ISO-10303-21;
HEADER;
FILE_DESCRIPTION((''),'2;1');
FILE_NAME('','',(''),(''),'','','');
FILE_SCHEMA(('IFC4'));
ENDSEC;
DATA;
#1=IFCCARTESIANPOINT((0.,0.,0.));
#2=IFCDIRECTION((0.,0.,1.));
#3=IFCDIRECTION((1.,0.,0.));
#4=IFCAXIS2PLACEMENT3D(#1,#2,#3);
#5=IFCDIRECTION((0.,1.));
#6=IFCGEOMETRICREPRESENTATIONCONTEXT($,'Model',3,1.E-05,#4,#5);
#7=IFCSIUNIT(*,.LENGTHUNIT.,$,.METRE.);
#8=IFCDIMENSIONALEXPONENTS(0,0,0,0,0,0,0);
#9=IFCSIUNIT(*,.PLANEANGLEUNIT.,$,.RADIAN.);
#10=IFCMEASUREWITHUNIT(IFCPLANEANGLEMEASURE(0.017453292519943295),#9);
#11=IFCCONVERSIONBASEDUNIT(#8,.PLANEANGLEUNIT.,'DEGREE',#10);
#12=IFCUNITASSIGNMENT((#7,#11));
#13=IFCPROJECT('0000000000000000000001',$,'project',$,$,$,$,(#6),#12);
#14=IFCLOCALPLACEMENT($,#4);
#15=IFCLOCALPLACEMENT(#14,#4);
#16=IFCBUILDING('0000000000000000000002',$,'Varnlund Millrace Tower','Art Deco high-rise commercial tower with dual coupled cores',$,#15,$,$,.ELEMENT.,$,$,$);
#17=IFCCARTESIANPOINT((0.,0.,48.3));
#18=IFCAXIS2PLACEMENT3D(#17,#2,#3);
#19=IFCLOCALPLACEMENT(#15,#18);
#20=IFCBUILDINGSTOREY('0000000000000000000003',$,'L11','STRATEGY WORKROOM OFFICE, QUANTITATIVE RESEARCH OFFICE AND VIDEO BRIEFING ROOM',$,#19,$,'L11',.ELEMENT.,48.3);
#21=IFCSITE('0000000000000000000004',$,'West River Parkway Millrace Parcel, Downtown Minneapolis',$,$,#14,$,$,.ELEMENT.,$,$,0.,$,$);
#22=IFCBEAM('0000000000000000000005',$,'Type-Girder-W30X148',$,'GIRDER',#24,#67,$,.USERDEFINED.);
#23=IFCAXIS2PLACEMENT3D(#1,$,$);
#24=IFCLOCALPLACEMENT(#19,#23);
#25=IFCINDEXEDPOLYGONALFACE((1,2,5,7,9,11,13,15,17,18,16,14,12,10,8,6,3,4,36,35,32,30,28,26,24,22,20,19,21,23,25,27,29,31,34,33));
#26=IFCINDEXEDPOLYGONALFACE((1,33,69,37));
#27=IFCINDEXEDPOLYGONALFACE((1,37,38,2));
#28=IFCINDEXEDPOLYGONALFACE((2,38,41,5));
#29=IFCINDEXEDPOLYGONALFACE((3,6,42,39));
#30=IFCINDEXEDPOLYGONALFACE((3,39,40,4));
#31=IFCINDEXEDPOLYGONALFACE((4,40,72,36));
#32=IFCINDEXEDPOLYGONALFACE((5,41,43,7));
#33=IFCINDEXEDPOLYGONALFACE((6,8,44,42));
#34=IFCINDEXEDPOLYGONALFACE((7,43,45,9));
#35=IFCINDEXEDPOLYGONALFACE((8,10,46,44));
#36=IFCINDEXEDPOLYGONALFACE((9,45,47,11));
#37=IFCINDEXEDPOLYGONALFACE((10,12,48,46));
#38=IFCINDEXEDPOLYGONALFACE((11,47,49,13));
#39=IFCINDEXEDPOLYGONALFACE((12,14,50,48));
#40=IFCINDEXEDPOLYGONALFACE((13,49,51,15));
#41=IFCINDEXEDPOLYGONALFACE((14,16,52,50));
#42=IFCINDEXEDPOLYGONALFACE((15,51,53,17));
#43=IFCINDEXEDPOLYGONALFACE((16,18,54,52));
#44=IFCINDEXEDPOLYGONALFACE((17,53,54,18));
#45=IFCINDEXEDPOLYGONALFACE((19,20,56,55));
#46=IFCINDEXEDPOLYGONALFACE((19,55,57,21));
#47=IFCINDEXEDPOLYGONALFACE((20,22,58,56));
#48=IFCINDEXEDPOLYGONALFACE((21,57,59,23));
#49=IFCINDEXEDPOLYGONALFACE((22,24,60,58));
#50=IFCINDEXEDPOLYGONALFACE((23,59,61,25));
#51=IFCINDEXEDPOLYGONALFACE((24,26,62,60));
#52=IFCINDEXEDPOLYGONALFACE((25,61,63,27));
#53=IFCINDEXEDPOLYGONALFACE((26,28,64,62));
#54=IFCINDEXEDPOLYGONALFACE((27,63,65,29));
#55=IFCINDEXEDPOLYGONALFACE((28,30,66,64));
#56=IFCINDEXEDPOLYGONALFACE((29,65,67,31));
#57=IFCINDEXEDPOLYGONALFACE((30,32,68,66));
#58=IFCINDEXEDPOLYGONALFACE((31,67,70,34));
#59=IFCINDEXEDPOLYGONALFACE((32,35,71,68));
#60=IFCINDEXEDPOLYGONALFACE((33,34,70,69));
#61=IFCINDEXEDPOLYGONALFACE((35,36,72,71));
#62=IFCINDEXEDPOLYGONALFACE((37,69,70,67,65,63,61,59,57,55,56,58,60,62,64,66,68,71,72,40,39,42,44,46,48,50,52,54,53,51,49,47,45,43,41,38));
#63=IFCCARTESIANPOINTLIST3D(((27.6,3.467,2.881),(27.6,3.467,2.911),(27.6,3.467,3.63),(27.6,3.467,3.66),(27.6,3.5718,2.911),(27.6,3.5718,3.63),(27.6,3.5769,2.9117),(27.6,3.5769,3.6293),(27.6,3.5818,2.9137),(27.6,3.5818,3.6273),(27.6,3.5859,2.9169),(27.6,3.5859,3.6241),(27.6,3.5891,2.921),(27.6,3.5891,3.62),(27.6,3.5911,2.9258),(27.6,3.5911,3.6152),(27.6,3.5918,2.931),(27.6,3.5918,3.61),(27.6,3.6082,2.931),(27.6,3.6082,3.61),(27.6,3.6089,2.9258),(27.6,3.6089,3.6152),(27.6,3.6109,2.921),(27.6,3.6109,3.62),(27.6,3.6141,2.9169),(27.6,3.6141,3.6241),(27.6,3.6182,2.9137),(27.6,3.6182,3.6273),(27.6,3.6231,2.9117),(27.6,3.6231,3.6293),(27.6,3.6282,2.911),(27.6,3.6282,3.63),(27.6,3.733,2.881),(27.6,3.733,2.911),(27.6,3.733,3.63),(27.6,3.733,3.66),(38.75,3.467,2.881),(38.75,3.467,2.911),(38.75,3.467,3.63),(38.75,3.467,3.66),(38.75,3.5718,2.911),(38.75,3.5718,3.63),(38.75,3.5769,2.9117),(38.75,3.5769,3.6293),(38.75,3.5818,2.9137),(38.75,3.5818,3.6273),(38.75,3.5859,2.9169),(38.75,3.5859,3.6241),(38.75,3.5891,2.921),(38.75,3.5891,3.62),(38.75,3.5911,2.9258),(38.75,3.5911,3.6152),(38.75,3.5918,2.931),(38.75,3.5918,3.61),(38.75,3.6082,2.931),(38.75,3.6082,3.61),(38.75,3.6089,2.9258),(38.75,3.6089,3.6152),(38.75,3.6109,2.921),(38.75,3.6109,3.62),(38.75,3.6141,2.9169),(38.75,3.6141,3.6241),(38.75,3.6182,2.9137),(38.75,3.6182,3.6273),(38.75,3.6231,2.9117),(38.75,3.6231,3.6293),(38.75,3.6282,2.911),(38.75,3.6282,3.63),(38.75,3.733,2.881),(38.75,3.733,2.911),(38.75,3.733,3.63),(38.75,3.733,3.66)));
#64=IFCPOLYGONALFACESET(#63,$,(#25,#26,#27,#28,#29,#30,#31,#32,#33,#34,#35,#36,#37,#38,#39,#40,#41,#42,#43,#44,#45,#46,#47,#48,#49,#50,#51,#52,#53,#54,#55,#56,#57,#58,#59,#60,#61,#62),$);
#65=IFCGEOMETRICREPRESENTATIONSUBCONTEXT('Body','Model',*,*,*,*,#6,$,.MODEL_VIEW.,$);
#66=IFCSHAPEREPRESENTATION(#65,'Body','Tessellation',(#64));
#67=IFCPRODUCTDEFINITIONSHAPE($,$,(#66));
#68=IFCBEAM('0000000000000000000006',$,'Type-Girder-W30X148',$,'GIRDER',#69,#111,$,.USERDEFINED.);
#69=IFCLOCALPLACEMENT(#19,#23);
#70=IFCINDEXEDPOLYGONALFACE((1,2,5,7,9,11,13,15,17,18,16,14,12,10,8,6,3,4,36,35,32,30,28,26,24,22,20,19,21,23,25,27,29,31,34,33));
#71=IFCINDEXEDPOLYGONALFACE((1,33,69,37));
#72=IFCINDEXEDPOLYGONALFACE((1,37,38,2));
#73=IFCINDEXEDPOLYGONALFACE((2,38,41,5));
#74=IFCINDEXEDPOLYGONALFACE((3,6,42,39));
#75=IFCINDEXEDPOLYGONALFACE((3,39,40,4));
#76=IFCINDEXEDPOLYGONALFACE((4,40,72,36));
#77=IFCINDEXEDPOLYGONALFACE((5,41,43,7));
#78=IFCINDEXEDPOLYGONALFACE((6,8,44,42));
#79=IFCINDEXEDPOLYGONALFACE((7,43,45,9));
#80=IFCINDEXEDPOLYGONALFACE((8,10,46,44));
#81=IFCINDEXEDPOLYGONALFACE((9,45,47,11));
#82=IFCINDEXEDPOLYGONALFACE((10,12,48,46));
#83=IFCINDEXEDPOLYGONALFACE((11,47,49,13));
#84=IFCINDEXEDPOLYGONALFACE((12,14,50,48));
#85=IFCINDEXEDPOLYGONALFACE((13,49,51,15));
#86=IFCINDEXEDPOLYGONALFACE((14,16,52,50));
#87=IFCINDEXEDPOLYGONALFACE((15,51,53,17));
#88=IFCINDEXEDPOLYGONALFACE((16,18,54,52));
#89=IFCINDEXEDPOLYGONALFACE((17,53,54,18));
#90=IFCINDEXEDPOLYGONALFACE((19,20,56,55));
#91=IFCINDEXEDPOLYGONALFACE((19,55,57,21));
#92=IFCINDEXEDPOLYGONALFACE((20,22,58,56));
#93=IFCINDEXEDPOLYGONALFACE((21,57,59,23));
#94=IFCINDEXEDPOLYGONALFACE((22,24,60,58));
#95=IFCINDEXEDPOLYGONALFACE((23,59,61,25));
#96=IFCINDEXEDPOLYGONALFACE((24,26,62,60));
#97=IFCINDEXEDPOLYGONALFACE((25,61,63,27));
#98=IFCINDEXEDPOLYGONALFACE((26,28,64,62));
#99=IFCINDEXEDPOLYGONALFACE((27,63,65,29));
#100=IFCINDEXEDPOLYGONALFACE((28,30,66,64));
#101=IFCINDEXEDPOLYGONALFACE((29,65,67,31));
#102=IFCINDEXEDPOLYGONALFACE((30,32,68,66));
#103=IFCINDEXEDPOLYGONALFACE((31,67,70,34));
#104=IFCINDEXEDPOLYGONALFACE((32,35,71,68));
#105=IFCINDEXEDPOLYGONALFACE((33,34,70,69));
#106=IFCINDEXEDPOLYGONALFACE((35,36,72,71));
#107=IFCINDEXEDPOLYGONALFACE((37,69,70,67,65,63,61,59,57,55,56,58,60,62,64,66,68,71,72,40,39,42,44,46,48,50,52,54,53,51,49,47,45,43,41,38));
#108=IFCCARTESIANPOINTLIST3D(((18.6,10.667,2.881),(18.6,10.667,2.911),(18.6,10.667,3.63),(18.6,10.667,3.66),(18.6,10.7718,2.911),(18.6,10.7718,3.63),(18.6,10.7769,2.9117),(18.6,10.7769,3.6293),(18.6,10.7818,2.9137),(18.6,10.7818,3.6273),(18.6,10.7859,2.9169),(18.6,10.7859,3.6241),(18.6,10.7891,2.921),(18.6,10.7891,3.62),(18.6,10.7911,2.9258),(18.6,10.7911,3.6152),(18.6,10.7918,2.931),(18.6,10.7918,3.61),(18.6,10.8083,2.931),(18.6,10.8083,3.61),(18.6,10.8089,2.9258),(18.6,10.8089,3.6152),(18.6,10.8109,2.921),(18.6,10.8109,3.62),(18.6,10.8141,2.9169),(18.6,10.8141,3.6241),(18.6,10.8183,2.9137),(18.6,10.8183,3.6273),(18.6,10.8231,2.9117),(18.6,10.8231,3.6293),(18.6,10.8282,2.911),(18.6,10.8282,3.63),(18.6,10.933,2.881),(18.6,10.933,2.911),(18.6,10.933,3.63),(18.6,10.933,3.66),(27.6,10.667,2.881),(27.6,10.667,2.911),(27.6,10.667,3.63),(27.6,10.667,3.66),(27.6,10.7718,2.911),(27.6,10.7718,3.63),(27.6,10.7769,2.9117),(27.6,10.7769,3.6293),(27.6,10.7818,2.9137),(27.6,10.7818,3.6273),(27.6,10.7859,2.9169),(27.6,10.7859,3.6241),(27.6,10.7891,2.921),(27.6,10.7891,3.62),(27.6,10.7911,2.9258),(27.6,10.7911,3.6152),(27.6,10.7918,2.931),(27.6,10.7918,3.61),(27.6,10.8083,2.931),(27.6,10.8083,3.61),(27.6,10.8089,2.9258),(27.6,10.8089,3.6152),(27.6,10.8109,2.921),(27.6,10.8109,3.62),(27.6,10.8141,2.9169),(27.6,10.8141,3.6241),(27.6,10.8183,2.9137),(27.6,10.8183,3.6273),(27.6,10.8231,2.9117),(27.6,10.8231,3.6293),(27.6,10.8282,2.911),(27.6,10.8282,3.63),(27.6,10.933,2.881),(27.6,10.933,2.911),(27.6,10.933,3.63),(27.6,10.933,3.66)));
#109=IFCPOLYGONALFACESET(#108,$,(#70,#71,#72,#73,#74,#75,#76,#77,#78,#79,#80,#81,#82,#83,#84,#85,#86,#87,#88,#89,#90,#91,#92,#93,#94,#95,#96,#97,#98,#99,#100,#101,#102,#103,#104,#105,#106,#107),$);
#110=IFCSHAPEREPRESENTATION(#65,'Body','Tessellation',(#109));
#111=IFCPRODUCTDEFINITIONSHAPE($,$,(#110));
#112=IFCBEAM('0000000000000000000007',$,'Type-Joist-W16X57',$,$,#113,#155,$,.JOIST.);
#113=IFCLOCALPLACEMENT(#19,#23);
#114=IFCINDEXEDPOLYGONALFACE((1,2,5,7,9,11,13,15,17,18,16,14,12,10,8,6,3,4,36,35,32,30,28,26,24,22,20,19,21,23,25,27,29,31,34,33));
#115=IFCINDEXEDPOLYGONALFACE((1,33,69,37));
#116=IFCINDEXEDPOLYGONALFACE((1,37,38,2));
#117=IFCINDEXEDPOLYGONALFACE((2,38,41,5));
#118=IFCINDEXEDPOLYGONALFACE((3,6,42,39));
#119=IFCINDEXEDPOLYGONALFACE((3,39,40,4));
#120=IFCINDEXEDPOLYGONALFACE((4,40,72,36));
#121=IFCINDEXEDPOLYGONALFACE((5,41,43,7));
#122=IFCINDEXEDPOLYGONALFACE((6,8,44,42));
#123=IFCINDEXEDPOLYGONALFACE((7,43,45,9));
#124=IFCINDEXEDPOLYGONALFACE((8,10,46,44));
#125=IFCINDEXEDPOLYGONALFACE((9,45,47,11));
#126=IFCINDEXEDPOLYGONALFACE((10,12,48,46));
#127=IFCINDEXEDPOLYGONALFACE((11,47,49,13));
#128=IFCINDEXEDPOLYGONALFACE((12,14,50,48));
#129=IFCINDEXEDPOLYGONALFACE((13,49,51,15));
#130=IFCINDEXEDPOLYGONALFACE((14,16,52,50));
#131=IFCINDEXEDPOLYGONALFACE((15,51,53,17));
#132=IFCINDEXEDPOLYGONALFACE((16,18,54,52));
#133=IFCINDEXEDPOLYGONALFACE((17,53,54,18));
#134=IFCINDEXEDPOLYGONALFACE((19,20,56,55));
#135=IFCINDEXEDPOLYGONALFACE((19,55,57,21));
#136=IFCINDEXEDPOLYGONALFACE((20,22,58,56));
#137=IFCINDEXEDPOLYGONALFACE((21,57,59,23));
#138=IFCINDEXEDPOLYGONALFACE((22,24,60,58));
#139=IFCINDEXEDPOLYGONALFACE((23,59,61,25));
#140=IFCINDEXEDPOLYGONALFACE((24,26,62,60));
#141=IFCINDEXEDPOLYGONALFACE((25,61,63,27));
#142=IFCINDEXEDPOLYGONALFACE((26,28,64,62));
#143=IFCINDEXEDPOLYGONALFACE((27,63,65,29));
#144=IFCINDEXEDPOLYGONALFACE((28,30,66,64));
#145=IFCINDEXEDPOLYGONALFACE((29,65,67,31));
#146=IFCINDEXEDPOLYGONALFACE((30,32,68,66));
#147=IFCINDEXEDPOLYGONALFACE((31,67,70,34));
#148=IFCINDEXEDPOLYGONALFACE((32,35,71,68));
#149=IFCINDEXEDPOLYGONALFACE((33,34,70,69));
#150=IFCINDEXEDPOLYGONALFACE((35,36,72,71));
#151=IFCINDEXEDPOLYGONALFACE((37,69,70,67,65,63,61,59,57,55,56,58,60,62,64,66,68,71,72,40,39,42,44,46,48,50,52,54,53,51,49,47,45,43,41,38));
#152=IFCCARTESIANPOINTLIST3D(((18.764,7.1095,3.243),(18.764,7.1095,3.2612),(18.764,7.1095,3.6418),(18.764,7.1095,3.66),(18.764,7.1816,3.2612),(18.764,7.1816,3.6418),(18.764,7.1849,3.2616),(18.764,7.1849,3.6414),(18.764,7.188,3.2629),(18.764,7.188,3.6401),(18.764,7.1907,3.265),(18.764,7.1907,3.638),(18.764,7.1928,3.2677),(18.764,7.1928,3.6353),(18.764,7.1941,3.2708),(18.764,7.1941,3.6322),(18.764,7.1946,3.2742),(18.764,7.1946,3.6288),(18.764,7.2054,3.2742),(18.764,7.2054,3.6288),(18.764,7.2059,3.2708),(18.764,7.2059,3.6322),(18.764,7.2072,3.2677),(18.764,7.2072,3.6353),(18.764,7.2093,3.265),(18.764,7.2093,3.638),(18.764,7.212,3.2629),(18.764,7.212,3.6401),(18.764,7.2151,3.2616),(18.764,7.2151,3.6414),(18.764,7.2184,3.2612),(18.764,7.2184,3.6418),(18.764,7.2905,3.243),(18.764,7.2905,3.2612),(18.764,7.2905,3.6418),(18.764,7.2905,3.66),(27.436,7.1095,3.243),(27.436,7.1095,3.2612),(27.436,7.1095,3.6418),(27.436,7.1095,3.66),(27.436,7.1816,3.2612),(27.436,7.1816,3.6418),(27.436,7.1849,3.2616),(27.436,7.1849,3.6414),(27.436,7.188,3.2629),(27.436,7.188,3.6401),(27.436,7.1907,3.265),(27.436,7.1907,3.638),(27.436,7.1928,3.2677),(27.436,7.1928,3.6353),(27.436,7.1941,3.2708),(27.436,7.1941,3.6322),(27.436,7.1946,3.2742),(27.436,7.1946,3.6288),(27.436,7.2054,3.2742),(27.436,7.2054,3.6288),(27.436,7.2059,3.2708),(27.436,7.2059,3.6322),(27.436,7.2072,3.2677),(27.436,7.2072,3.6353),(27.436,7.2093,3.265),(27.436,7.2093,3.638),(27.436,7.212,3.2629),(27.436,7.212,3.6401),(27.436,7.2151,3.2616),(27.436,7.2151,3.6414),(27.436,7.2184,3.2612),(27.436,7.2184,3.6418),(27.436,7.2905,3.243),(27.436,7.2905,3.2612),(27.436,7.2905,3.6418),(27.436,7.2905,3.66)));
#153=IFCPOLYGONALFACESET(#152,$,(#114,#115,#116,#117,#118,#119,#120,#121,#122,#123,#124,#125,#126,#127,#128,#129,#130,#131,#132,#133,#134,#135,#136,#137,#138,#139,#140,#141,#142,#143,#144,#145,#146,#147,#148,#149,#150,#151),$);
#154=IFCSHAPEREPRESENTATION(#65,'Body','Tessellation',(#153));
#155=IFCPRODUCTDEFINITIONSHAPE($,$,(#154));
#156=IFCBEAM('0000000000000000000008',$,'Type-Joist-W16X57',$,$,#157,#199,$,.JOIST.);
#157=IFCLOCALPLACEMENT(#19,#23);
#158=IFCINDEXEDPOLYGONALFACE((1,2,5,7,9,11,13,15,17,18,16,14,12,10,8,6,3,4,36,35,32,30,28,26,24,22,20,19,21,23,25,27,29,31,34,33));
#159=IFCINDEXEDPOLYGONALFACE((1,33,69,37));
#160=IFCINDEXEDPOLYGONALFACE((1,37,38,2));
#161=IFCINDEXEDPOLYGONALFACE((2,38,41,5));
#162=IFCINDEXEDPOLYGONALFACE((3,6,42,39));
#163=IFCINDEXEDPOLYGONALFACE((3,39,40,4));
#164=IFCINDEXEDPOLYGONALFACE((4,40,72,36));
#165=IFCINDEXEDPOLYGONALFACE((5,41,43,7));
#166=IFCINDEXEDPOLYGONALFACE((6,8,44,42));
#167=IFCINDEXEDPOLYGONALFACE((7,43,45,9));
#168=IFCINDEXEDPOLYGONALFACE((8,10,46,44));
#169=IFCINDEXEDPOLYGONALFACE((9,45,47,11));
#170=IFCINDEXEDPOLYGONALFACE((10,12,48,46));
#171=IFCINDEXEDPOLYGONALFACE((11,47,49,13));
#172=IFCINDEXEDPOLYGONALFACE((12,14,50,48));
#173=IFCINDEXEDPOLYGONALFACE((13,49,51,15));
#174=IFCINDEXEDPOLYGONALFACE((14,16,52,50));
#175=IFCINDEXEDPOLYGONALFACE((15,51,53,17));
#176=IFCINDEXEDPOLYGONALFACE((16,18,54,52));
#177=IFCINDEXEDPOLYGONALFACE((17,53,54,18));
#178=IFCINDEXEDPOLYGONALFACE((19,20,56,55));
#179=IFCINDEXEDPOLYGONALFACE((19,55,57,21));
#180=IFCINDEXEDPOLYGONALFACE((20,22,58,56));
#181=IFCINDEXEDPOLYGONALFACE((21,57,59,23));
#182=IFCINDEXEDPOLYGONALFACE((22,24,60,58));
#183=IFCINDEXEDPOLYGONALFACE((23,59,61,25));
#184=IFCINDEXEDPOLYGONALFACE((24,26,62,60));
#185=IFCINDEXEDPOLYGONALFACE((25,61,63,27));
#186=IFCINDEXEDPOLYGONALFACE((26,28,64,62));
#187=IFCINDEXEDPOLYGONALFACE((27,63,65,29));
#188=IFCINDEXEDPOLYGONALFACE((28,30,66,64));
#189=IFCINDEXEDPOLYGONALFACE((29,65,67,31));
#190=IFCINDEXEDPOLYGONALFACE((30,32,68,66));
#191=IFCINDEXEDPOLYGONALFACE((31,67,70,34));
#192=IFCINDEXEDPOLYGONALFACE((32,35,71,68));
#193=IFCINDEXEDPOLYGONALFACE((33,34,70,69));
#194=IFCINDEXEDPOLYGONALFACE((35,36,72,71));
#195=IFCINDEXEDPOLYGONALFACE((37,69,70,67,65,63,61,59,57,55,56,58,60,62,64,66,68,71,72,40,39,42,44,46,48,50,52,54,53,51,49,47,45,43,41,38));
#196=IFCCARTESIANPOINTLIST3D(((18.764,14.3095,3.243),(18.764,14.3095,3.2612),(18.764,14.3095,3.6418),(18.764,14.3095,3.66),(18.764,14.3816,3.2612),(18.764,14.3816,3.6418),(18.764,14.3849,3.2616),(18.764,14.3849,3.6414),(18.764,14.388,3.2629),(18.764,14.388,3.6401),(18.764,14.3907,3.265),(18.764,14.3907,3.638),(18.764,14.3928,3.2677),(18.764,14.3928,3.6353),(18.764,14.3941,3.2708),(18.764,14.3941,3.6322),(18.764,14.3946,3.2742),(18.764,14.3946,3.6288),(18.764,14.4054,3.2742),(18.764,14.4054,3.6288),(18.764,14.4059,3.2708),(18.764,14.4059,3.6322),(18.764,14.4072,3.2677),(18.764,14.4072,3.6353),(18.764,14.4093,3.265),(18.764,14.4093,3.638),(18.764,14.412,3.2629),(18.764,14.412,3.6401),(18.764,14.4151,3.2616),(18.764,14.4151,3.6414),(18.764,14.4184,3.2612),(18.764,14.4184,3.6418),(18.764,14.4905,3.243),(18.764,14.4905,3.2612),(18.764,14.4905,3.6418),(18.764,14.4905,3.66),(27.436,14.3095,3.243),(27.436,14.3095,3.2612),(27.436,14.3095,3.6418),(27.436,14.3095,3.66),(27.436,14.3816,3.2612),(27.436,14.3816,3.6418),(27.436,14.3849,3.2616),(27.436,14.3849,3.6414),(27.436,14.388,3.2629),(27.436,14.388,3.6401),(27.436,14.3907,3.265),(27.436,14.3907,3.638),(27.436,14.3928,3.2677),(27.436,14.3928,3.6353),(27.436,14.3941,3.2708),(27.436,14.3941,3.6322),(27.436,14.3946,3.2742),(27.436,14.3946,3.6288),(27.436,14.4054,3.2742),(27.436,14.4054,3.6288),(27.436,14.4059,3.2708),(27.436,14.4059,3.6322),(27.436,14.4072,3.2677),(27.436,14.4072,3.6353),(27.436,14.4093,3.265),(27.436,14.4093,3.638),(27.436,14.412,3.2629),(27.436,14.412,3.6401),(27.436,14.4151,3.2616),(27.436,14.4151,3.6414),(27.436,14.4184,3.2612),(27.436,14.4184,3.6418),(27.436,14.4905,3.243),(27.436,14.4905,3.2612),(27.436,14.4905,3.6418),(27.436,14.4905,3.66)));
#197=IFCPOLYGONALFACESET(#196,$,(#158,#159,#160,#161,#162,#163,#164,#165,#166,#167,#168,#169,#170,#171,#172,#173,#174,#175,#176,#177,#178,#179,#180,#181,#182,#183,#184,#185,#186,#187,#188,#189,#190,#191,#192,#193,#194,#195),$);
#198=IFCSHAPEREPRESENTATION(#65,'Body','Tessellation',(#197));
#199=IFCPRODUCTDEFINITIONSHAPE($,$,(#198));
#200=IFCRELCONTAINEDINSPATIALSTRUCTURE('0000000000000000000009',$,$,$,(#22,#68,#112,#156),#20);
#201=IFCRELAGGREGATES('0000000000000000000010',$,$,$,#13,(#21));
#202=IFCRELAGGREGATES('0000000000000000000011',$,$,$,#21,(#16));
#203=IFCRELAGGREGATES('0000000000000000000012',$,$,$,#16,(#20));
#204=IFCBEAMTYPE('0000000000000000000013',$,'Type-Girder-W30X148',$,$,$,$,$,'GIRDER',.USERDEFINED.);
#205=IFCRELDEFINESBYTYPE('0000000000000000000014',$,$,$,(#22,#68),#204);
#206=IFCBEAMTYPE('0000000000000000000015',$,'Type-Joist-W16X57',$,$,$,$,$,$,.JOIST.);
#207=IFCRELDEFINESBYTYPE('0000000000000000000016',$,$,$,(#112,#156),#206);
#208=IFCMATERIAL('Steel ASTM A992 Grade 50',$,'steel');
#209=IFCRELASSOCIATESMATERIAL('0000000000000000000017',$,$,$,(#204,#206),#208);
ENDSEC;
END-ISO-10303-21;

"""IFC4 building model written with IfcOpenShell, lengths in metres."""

from ifc_helpers import new_model, entity, si_unit, converted_unit, direction, frame, origin_with_axes, origin_2d_with_axis, place, context, subcontext, project, spatial, i_section, extrude, material, material_profile, profile_set, type_object, element, save


model = new_model("IFC4")

# Units and contexts
model_context = context("Model", 3, precision=1e-05, world=origin_with_axes(), true_north=direction((0.0, 1.0)))
body_context = subcontext(model_context, "Body", "Model", "MODEL_VIEW")
ifc_project = project(units=[si_unit("LENGTHUNIT", "METRE"), converted_unit("PLANEANGLEUNIT", "DEGREE", entity("IfcPlaneAngleMeasure", 0.017453292519943295), si_unit("PLANEANGLEUNIT", "RADIAN"), dimensions=[0, 0, 0, 0, 0, 0, 0])], contexts=[model_context])

# Site, building, storey
site_placement = place(None, origin_with_axes())
site = spatial("IfcSite", under=ifc_project, at=site_placement, Name="West River Parkway Millrace Parcel, Downtown Minneapolis", CompositionType="ELEMENT", RefElevation=0.0)
building_placement = place(site_placement, origin_with_axes())
building = spatial("IfcBuilding", under=site, at=building_placement, Name="Varnlund Millrace Tower", Description="Art Deco high-rise commercial tower with dual coupled cores", CompositionType="ELEMENT")
storey_placement = place(building_placement, frame((0.0, 0.0, 48.3), z_axis=(0.0, 0.0, 1.0), x_axis=(1.0, 0.0, 0.0)))
storey = spatial("IfcBuildingStorey", under=building, at=storey_placement, Name="L11", Description="STRATEGY WORKROOM OFFICE, QUANTITATIVE RESEARCH OFFICE AND VIDEO BRIEFING ROOM", LongName="L11", CompositionType="ELEMENT", Elevation=48.3)

# Beams
ifc_material_1 = material(Name="Steel ASTM A992 Grade 50", Category="steel")
ifc_material_profile_1 = material_profile(ifc_material_1, i_section(OverallWidth=0.266, OverallDepth=0.779, WebThickness=0.0165, FlangeThickness=0.03, FilletRadius=0.02, at=origin_2d_with_axis()), Name="Steel ASTM A992 Grade 50")
ifc_profile_set_1 = profile_set([ifc_material_profile_1], Name="Steel ASTM A992 Grade 50")
beam_type_1 = type_object("IfcBeamType", Name="Type-Girder-W30X148", ElementType="GIRDER", PredefinedType="USERDEFINED", material=ifc_profile_set_1)
beam_1_placement = place(storey_placement, frame((27.6, 3.6, 3.2705), z_axis=(1.0, 0.0, 0.0), x_axis=(0.0, 1.0, 0.0)))
element("IfcBeam", 1, at=beam_1_placement, inside=storey, type_object=beam_type_1, Name="Type-Girder-W30X148", ObjectType="GIRDER", PredefinedType="USERDEFINED", context=body_context, shape_type="SweptSolid", body=[
    extrude(i_section(OverallWidth=0.266, OverallDepth=0.779, WebThickness=0.0165, FlangeThickness=0.03, FilletRadius=0.02, at=origin_2d_with_axis()), origin_with_axes(), (0.0, 0.0, 1.0), 11.15),
])
beam_2_placement = place(storey_placement, frame((18.6, 10.8, 3.2705), z_axis=(1.0, 0.0, 0.0), x_axis=(0.0, 1.0, 0.0)))
element("IfcBeam", 2, at=beam_2_placement, inside=storey, type_object=beam_type_1, Name="Type-Girder-W30X148", ObjectType="GIRDER", PredefinedType="USERDEFINED", context=body_context, shape_type="SweptSolid", body=[
    extrude(i_section(OverallWidth=0.266, OverallDepth=0.779, WebThickness=0.0165, FlangeThickness=0.03, FilletRadius=0.02, at=origin_2d_with_axis()), origin_with_axes(), (0.0, 0.0, 1.0), 9.0),
])
ifc_material_profile_2 = material_profile(ifc_material_1, i_section(OverallWidth=0.181, OverallDepth=0.417, WebThickness=0.0109, FlangeThickness=0.0182, FilletRadius=0.013, at=origin_2d_with_axis()), Name="Steel ASTM A992 Grade 50")
ifc_profile_set_2 = profile_set([ifc_material_profile_2], Name="Steel ASTM A992 Grade 50")
beam_type_2 = type_object("IfcBeamType", Name="Type-Joist-W16X57", PredefinedType="JOIST", material=ifc_profile_set_2)
for number, where, z_axis, x_axis, name in (
    (3, (18.764, 7.2, 3.4515), (1.0, 0.0, 0.0), (0.0, 1.0, 0.0), "Type-Joist-W16X57"),
    (4, (18.764, 14.4, 3.4515), (1.0, 0.0, 0.0), (0.0, 1.0, 0.0), "Type-Joist-W16X57"),
):
    element("IfcBeam", number, at=place(storey_placement, frame(where, z_axis=z_axis, x_axis=x_axis)), inside=storey, type_object=beam_type_2, Name=name, PredefinedType="JOIST", context=body_context, shape_type="SweptSolid", body=[
        extrude(i_section(OverallWidth=0.181, OverallDepth=0.417, WebThickness=0.0109, FlangeThickness=0.0182, FilletRadius=0.013, at=origin_2d_with_axis()), origin_with_axes(), (0.0, 0.0, 1.0), 8.672),
    ])

save(model, "model.ifc")
